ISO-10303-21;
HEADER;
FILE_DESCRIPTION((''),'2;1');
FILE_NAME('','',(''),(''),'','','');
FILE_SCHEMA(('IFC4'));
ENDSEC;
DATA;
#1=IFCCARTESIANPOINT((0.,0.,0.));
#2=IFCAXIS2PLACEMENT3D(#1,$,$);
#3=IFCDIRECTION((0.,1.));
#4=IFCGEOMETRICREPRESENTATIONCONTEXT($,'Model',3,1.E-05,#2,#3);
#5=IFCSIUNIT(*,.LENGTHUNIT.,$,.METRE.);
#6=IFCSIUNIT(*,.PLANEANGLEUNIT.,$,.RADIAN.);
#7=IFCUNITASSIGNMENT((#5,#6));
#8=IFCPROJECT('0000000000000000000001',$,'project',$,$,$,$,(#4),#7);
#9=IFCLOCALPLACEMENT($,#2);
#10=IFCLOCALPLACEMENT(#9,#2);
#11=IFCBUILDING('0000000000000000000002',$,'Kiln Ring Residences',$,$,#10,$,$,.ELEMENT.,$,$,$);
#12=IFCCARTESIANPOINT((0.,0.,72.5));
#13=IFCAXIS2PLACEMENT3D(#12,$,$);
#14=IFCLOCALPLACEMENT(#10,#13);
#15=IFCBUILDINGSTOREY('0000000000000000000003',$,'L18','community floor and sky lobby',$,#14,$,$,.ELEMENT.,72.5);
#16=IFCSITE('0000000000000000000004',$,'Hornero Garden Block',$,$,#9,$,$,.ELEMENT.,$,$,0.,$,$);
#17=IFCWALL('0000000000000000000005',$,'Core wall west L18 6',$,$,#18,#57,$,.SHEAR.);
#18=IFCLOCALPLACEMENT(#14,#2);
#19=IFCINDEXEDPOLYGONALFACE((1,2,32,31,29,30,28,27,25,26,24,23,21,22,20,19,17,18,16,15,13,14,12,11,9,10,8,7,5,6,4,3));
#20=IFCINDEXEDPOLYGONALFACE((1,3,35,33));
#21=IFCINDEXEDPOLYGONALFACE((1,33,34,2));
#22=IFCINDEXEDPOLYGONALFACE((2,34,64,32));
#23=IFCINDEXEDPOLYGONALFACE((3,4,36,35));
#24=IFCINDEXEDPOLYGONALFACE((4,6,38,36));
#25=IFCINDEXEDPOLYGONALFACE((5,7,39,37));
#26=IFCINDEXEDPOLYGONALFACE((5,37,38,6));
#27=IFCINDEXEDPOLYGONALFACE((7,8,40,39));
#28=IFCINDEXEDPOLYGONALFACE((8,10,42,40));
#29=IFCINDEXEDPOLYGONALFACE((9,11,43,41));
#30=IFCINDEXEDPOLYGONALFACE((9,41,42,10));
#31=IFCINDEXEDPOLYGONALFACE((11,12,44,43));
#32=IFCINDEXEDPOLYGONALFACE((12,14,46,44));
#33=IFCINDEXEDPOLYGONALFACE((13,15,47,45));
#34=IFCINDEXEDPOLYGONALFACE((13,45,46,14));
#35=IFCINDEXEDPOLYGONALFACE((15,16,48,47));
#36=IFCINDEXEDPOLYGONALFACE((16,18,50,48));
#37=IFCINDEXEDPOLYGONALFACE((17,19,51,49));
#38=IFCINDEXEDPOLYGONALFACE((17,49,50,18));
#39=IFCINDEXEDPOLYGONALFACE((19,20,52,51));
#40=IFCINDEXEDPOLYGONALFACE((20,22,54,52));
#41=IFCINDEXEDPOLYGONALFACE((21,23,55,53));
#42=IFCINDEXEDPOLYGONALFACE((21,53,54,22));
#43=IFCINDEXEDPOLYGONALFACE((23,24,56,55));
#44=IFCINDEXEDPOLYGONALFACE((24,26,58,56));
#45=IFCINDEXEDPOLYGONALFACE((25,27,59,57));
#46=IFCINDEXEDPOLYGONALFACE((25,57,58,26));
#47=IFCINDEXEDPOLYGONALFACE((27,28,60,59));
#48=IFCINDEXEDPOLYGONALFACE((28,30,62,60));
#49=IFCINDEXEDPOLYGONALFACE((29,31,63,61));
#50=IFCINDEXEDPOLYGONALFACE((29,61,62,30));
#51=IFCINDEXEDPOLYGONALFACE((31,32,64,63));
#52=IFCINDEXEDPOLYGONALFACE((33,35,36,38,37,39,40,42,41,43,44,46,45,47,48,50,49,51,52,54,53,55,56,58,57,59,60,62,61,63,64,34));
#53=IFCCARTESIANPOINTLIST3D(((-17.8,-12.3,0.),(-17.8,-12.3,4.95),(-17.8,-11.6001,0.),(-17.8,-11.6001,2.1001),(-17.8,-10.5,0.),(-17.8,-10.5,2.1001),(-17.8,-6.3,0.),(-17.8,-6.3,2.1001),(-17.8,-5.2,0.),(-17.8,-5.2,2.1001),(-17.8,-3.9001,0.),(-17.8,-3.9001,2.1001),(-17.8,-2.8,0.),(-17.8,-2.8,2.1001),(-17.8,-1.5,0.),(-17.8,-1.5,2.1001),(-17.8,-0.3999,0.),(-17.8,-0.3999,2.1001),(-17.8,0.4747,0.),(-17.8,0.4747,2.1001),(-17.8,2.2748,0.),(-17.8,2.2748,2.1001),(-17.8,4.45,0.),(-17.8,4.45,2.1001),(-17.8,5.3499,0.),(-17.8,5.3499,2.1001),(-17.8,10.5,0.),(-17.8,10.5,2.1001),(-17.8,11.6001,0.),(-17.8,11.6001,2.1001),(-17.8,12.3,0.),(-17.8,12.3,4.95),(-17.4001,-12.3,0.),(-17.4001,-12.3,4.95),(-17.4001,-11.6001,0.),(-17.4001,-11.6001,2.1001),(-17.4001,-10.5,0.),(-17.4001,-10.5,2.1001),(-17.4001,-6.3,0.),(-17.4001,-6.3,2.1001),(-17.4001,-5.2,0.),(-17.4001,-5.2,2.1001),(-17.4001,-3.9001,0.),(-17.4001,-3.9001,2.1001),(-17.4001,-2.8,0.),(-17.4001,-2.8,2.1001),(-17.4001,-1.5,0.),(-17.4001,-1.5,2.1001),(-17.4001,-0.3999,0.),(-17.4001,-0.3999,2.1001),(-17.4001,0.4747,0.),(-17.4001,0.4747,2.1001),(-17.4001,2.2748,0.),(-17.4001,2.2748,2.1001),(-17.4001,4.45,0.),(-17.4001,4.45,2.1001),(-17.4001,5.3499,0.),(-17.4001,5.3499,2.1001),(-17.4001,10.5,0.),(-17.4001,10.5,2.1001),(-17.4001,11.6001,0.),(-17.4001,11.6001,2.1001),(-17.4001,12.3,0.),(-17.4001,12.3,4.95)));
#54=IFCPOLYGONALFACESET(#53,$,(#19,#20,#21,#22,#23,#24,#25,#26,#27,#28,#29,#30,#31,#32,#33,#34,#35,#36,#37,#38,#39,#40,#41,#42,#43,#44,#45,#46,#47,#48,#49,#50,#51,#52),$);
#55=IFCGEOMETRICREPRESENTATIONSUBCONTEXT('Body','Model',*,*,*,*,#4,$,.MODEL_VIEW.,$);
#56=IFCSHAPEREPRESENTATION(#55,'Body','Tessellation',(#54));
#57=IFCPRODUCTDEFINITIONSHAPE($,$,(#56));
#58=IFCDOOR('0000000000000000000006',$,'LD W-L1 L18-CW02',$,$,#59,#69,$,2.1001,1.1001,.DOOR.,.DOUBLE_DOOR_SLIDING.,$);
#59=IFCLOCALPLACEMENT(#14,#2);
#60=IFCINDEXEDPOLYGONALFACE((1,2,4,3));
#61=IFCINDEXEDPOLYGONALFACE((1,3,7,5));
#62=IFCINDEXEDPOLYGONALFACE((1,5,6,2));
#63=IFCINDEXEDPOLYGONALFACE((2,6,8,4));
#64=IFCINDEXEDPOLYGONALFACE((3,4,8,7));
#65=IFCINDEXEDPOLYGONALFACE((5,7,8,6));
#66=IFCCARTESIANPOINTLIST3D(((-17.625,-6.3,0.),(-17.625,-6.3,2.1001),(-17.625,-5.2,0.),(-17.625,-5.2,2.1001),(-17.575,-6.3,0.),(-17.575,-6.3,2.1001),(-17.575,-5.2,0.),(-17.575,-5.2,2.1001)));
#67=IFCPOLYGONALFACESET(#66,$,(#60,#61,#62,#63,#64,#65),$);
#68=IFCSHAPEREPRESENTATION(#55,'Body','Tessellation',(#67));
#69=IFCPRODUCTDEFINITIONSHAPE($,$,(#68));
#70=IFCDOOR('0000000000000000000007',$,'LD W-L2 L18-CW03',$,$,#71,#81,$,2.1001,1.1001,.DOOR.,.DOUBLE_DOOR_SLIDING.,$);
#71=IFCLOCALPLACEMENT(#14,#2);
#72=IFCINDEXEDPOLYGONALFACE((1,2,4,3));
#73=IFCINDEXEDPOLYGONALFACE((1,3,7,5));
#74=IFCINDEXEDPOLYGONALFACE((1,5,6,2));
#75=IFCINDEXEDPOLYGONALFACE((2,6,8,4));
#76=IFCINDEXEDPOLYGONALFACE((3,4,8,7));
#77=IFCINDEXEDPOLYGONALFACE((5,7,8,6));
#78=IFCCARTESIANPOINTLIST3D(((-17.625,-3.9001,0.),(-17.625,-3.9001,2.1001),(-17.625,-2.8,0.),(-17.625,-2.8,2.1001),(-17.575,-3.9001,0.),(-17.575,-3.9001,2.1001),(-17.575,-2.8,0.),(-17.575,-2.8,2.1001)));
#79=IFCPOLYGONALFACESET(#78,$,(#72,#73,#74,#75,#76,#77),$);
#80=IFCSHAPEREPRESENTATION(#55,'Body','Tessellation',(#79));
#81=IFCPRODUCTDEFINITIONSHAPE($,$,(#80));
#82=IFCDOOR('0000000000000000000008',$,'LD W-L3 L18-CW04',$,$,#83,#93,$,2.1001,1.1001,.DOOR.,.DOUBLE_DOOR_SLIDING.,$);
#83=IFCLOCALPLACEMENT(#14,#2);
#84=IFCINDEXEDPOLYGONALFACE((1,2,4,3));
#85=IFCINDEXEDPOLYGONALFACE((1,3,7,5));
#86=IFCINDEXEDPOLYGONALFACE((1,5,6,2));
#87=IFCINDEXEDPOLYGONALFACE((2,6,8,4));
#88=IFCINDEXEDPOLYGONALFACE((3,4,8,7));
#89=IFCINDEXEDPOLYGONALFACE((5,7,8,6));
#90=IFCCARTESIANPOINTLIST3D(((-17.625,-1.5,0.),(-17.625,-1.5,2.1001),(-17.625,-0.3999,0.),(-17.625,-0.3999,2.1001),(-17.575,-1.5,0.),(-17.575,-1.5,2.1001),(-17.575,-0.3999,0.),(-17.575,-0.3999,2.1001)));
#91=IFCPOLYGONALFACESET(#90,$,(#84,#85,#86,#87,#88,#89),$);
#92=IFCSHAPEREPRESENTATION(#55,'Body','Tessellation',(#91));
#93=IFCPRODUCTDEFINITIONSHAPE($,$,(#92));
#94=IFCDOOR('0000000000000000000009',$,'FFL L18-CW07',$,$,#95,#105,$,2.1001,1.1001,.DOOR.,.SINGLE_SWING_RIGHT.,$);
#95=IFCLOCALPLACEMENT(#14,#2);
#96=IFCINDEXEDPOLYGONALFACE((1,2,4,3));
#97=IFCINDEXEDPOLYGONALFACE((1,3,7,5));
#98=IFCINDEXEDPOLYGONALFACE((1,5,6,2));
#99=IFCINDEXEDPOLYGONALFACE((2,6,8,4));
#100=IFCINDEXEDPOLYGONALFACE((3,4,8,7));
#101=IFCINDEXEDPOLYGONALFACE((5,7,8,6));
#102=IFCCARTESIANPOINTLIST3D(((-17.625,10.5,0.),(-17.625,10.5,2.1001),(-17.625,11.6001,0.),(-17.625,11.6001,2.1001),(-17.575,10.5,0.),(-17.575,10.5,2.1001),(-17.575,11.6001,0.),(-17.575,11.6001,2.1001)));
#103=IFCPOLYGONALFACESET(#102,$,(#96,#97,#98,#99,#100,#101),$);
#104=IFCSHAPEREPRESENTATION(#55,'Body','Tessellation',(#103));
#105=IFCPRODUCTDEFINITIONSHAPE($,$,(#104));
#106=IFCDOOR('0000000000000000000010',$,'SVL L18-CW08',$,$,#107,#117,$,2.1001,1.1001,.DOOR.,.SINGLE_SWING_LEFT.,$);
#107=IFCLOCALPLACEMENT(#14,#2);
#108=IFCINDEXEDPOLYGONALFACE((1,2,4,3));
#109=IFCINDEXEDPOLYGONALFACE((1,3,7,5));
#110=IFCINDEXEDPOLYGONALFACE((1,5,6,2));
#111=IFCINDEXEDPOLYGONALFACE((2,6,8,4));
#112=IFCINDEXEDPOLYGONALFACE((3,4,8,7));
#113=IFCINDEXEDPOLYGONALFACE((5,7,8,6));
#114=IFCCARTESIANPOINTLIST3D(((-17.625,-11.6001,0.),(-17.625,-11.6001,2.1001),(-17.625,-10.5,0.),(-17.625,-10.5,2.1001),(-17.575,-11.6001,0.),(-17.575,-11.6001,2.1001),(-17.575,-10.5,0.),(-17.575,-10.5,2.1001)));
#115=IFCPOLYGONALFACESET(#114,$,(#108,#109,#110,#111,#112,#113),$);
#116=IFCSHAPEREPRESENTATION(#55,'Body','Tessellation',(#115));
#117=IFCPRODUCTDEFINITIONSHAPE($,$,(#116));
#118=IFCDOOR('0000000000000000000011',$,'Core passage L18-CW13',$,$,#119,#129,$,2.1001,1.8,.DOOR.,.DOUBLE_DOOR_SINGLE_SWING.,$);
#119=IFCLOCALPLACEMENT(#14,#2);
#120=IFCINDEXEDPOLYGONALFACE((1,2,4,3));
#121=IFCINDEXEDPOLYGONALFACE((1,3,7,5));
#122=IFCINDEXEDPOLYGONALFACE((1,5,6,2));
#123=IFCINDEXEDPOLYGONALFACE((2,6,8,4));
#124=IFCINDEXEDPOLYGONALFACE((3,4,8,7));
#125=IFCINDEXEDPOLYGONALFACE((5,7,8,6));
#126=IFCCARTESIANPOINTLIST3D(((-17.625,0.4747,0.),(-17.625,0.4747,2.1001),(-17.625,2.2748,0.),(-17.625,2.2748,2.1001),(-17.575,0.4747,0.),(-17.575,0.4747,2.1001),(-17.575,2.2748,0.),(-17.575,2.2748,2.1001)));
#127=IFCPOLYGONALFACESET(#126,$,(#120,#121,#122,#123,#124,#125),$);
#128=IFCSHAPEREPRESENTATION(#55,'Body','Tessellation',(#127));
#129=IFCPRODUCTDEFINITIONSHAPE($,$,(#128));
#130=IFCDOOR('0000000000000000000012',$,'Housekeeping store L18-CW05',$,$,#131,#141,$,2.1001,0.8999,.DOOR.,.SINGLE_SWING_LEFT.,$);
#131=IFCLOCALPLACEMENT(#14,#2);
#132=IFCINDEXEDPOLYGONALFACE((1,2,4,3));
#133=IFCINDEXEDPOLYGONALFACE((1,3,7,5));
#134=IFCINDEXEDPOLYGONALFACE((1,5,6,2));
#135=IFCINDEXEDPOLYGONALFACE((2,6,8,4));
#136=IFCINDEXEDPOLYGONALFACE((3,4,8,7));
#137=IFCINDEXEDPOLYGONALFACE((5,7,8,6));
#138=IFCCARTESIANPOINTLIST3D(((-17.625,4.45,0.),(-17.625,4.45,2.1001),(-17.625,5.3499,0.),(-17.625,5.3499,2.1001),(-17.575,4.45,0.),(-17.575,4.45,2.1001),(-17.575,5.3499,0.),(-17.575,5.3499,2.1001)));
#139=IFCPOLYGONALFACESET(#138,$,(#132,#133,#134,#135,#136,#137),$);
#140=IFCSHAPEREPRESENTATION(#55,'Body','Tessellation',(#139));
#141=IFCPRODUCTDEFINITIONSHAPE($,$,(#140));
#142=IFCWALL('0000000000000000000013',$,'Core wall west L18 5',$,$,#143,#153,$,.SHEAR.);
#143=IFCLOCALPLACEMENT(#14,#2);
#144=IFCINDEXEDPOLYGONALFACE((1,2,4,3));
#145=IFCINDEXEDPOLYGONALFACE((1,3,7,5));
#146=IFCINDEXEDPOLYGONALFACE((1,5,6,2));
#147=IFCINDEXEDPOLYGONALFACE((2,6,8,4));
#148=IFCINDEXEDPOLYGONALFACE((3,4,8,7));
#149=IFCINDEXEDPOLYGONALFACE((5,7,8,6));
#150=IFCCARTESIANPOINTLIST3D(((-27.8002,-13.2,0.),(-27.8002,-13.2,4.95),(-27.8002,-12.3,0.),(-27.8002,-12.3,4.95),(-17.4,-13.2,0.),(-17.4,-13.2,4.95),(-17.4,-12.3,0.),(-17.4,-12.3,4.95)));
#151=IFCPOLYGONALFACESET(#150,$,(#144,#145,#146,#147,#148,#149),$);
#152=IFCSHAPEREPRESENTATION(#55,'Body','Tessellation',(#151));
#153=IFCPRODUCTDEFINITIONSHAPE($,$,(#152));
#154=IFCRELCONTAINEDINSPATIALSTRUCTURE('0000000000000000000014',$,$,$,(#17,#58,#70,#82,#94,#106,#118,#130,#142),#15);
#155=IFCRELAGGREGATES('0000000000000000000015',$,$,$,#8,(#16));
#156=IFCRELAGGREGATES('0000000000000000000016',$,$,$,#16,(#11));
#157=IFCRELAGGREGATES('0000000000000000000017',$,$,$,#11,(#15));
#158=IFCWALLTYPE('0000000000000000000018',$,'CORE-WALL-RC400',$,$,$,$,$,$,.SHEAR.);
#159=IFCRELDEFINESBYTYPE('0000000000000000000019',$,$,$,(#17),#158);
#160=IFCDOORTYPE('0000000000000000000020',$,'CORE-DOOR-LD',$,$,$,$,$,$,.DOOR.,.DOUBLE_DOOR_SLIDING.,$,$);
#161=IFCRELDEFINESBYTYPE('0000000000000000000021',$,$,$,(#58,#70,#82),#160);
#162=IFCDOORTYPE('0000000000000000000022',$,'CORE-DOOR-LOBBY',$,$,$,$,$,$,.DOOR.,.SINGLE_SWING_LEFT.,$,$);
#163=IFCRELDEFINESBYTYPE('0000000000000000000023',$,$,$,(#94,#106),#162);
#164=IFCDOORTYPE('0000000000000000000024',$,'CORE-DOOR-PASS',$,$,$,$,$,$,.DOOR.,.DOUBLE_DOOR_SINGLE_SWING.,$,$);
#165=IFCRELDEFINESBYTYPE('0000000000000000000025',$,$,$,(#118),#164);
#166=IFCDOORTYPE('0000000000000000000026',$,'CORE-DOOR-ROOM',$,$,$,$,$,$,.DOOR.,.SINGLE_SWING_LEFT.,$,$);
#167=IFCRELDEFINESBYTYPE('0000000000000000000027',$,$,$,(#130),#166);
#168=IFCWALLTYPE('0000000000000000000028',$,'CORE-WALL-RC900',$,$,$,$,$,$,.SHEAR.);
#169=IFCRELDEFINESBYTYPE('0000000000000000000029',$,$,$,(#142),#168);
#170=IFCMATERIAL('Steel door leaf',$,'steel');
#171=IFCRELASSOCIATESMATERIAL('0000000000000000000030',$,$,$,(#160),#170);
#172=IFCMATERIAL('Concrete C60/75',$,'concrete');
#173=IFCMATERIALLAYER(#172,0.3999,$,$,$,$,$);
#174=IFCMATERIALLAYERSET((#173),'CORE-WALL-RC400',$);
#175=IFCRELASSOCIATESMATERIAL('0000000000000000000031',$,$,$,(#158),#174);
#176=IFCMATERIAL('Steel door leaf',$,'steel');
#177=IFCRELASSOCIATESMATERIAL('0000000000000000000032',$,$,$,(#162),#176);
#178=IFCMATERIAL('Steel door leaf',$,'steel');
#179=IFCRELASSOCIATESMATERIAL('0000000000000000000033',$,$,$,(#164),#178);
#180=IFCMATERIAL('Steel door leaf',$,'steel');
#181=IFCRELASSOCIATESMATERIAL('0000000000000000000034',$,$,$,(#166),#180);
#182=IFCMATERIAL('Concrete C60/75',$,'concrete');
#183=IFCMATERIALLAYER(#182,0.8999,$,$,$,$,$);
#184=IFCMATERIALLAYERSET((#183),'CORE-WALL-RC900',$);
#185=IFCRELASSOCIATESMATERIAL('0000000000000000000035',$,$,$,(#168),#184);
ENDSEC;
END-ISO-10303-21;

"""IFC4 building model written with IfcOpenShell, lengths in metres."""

from ifc_helpers import new_model, si_unit, direction, frame, frame_2d, origin, place, context, subcontext, project, spatial, rectangle, extrude, material, layer, layer_set, type_object, element, fill, save


model = new_model("IFC4")

# Units and contexts
model_context = context("Model", 3, precision=1e-05, world=origin(), true_north=direction((0.0, 1.0)))
body_context = subcontext(model_context, "Body", "Model", "MODEL_VIEW")
ifc_project = project(units=[si_unit("LENGTHUNIT", "METRE"), si_unit("PLANEANGLEUNIT", "RADIAN")], contexts=[model_context])

# Site, building, storey
site_placement = place(None, origin())
site = spatial("IfcSite", under=ifc_project, at=site_placement, Name="Hornero Garden Block", CompositionType="ELEMENT", RefElevation=0.0)
building_placement = place(site_placement, origin())
building = spatial("IfcBuilding", under=site, at=building_placement, Name="Kiln Ring Residences", CompositionType="ELEMENT")
storey_placement = place(building_placement, frame((0.0, 0.0, 72.5)))
storey = spatial("IfcBuildingStorey", under=building, at=storey_placement, Name="L18", Description="community floor and sky lobby", CompositionType="ELEMENT", Elevation=72.5)

# Wall, openings, doors
ifc_material_1 = material(Name="Steel door leaf", Category="steel")
door_type_1 = type_object("IfcDoorType", Name="CORE-DOOR-LD", OperationType="DOUBLE_DOOR_SLIDING", PredefinedType="DOOR", material=ifc_material_1)
ifc_material_2 = material(Name="Concrete C60/75", Category="concrete")
ifc_layer_1 = layer(ifc_material_2, 0.3999)
ifc_layer_set_1 = layer_set([ifc_layer_1], Name="CORE-WALL-RC400")
wall_type_1 = type_object("IfcWallType", Name="CORE-WALL-RC400", PredefinedType="SHEAR", material=ifc_layer_set_1)
wall_1_placement = place(storey_placement, frame((-17.6001, -12.3, 0.0), z_axis=(0.0, 0.0, 1.0), x_axis=(0.0, 1.0, 0.0)))
wall_1 = element("IfcWall", 1, at=wall_1_placement, inside=storey, type_object=wall_type_1, Name="Core wall west L18 6", PredefinedType="SHEAR", context=body_context, shape_type="SweptSolid", body=[
    extrude(rectangle(XDim=24.6001, YDim=0.3999, at=frame_2d((12.3, 0.0))), origin(), (0.0, 0.0, 1.0), 4.95),
])
opening_1_placement = place(wall_1_placement, frame((6.0, 0.0, 0.0)))
opening_1 = element("IfcOpeningElement", 2, at=opening_1_placement, cuts=wall_1, PredefinedType="OPENING", context=body_context, shape_type="SweptSolid", body=[
    extrude(rectangle(XDim=1.1001, YDim=2.1001, at=frame_2d((0.55, 1.05))), frame((0.0, 0.21, 0.0), z_axis=(0.0, -1.0, 0.0), x_axis=(1.0, 0.0, 0.0)), (0.0, 0.0, 1.0), 0.4199),
])
opening_2_placement = place(wall_1_placement, frame((8.3999, 0.0, 0.0)))
opening_2 = element("IfcOpeningElement", 3, at=opening_2_placement, cuts=wall_1, PredefinedType="OPENING", context=body_context, shape_type="SweptSolid", body=[
    extrude(rectangle(XDim=1.1001, YDim=2.1001, at=frame_2d((0.55, 1.05))), frame((0.0, 0.21, 0.0), z_axis=(0.0, -1.0, 0.0), x_axis=(1.0, 0.0, 0.0)), (0.0, 0.0, 1.0), 0.4199),
])
opening_3_placement = place(wall_1_placement, frame((10.8, 0.0, 0.0)))
opening_3 = element("IfcOpeningElement", 4, at=opening_3_placement, cuts=wall_1, PredefinedType="OPENING", context=body_context, shape_type="SweptSolid", body=[
    extrude(rectangle(XDim=1.1001, YDim=2.1001, at=frame_2d((0.55, 1.05))), frame((0.0, 0.21, 0.0), z_axis=(0.0, -1.0, 0.0), x_axis=(1.0, 0.0, 0.0)), (0.0, 0.0, 1.0), 0.4199),
])
opening_4_placement = place(wall_1_placement, frame((16.75, 0.0, 0.0)))
opening_4 = element("IfcOpeningElement", 5, at=opening_4_placement, cuts=wall_1, PredefinedType="OPENING", context=body_context, shape_type="SweptSolid", body=[
    extrude(rectangle(XDim=0.8999, YDim=2.1001, at=frame_2d((0.45, 1.05))), frame((0.0, 0.21, 0.0), z_axis=(0.0, -1.0, 0.0), x_axis=(1.0, 0.0, 0.0)), (0.0, 0.0, 1.0), 0.4199),
])
opening_5_placement = place(wall_1_placement, frame((22.8, 0.0, 0.0)))
opening_5 = element("IfcOpeningElement", 6, at=opening_5_placement, cuts=wall_1, PredefinedType="OPENING", context=body_context, shape_type="SweptSolid", body=[
    extrude(rectangle(XDim=1.1001, YDim=2.1001, at=frame_2d((0.55, 1.05))), frame((0.0, 0.21, 0.0), z_axis=(0.0, -1.0, 0.0), x_axis=(1.0, 0.0, 0.0)), (0.0, 0.0, 1.0), 0.4199),
])
opening_6_placement = place(wall_1_placement, frame((0.7, 0.0, 0.0)))
opening_6 = element("IfcOpeningElement", 7, at=opening_6_placement, cuts=wall_1, PredefinedType="OPENING", context=body_context, shape_type="SweptSolid", body=[
    extrude(rectangle(XDim=1.1001, YDim=2.1001, at=frame_2d((0.55, 1.05))), frame((0.0, 0.21, 0.0), z_axis=(0.0, -1.0, 0.0), x_axis=(1.0, 0.0, 0.0)), (0.0, 0.0, 1.0), 0.4199),
])
opening_7_placement = place(wall_1_placement, frame((12.7749, 0.0, 0.0)))
opening_7 = element("IfcOpeningElement", 8, at=opening_7_placement, cuts=wall_1, PredefinedType="OPENING", context=body_context, shape_type="SweptSolid", body=[
    extrude(rectangle(XDim=1.8, YDim=2.1001, at=frame_2d((0.8999, 1.05))), frame((0.0, 0.21, 0.0), z_axis=(0.0, -1.0, 0.0), x_axis=(1.0, 0.0, 0.0)), (0.0, 0.0, 1.0), 0.4199),
])
door_1_placement = place(opening_1_placement, origin())
door_1 = element("IfcDoor", 9, at=door_1_placement, inside=storey, type_object=door_type_1, Name="LD W-L1 L18-CW02", OperationType="DOUBLE_DOOR_SLIDING", OverallHeight=2.1001, OverallWidth=1.1001, PredefinedType="DOOR", context=body_context, shape_type="SweptSolid", body=[
    extrude(rectangle(XDim=1.1001, YDim=2.1001, at=frame_2d((0.55, 1.05))), frame((0.0, 0.0249, 0.0), z_axis=(0.0, -1.0, 0.0), x_axis=(1.0, 0.0, 0.0)), (0.0, 0.0, 1.0), 0.05),
])
fill(opening_1, door_1)
door_2_placement = place(opening_2_placement, origin())
door_2 = element("IfcDoor", 10, at=door_2_placement, inside=storey, type_object=door_type_1, Name="LD W-L2 L18-CW03", OperationType="DOUBLE_DOOR_SLIDING", OverallHeight=2.1001, OverallWidth=1.1001, PredefinedType="DOOR", context=body_context, shape_type="SweptSolid", body=[
    extrude(rectangle(XDim=1.1001, YDim=2.1001, at=frame_2d((0.55, 1.05))), frame((0.0, 0.0249, 0.0), z_axis=(0.0, -1.0, 0.0), x_axis=(1.0, 0.0, 0.0)), (0.0, 0.0, 1.0), 0.05),
])
fill(opening_2, door_2)
door_3_placement = place(opening_3_placement, origin())
door_3 = element("IfcDoor", 11, at=door_3_placement, inside=storey, type_object=door_type_1, Name="LD W-L3 L18-CW04", OperationType="DOUBLE_DOOR_SLIDING", OverallHeight=2.1001, OverallWidth=1.1001, PredefinedType="DOOR", context=body_context, shape_type="SweptSolid", body=[
    extrude(rectangle(XDim=1.1001, YDim=2.1001, at=frame_2d((0.55, 1.05))), frame((0.0, 0.0249, 0.0), z_axis=(0.0, -1.0, 0.0), x_axis=(1.0, 0.0, 0.0)), (0.0, 0.0, 1.0), 0.05),
])
fill(opening_3, door_3)
ifc_material_3 = material(Name="Steel door leaf", Category="steel")
door_type_2 = type_object("IfcDoorType", Name="CORE-DOOR-LOBBY", OperationType="SINGLE_SWING_LEFT", PredefinedType="DOOR", material=ifc_material_3)
door_4_placement = place(opening_5_placement, origin())
door_4 = element("IfcDoor", 12, at=door_4_placement, inside=storey, type_object=door_type_2, Name="FFL L18-CW07", OperationType="SINGLE_SWING_RIGHT", OverallHeight=2.1001, OverallWidth=1.1001, PredefinedType="DOOR", context=body_context, shape_type="SweptSolid", body=[
    extrude(rectangle(XDim=1.1001, YDim=2.1001, at=frame_2d((0.55, 1.05))), frame((0.0, 0.0249, 0.0), z_axis=(0.0, -1.0, 0.0), x_axis=(1.0, 0.0, 0.0)), (0.0, 0.0, 1.0), 0.05),
])
fill(opening_5, door_4)
door_5_placement = place(opening_6_placement, origin())
door_5 = element("IfcDoor", 13, at=door_5_placement, inside=storey, type_object=door_type_2, Name="SVL L18-CW08", OperationType="SINGLE_SWING_LEFT", OverallHeight=2.1001, OverallWidth=1.1001, PredefinedType="DOOR", context=body_context, shape_type="SweptSolid", body=[
    extrude(rectangle(XDim=1.1001, YDim=2.1001, at=frame_2d((0.55, 1.05))), frame((0.0, 0.0249, 0.0), z_axis=(0.0, -1.0, 0.0), x_axis=(1.0, 0.0, 0.0)), (0.0, 0.0, 1.0), 0.05),
])
fill(opening_6, door_5)
ifc_material_4 = material(Name="Steel door leaf", Category="steel")
door_type_3 = type_object("IfcDoorType", Name="CORE-DOOR-PASS", OperationType="DOUBLE_DOOR_SINGLE_SWING", PredefinedType="DOOR", material=ifc_material_4)
door_6_placement = place(opening_7_placement, origin())
door_6 = element("IfcDoor", 14, at=door_6_placement, inside=storey, type_object=door_type_3, Name="Core passage L18-CW13", OperationType="DOUBLE_DOOR_SINGLE_SWING", OverallHeight=2.1001, OverallWidth=1.8, PredefinedType="DOOR", context=body_context, shape_type="SweptSolid", body=[
    extrude(rectangle(XDim=1.8, YDim=2.1001, at=frame_2d((0.8999, 1.05))), frame((0.0, 0.0249, 0.0), z_axis=(0.0, -1.0, 0.0), x_axis=(1.0, 0.0, 0.0)), (0.0, 0.0, 1.0), 0.05),
])
fill(opening_7, door_6)
ifc_material_5 = material(Name="Steel door leaf", Category="steel")
door_type_4 = type_object("IfcDoorType", Name="CORE-DOOR-ROOM", OperationType="SINGLE_SWING_LEFT", PredefinedType="DOOR", material=ifc_material_5)
door_7_placement = place(opening_4_placement, origin())
door_7 = element("IfcDoor", 15, at=door_7_placement, inside=storey, type_object=door_type_4, Name="Housekeeping store L18-CW05", OperationType="SINGLE_SWING_LEFT", OverallHeight=2.1001, OverallWidth=0.8999, PredefinedType="DOOR", context=body_context, shape_type="SweptSolid", body=[
    extrude(rectangle(XDim=0.8999, YDim=2.1001, at=frame_2d((0.45, 1.05))), frame((0.0, 0.0249, 0.0), z_axis=(0.0, -1.0, 0.0), x_axis=(1.0, 0.0, 0.0)), (0.0, 0.0, 1.0), 0.05),
])
fill(opening_4, door_7)

# Wall
ifc_material_6 = material(Name="Concrete C60/75", Category="concrete")
ifc_layer_2 = layer(ifc_material_6, 0.8999)
ifc_layer_set_2 = layer_set([ifc_layer_2], Name="CORE-WALL-RC900")
wall_type_2 = type_object("IfcWallType", Name="CORE-WALL-RC900", PredefinedType="SHEAR", material=ifc_layer_set_2)
wall_2_placement = place(storey_placement, frame((-17.3999, -12.75, 0.0), z_axis=(0.0, 0.0, 1.0), x_axis=(-1.0, 0.0, 0.0)))
element("IfcWall", 16, at=wall_2_placement, inside=storey, type_object=wall_type_2, Name="Core wall west L18 5", PredefinedType="SHEAR", context=body_context, shape_type="SweptSolid", body=[
    extrude(rectangle(XDim=10.4001, YDim=0.8999, at=frame_2d((5.2002, 0.0))), origin(), (0.0, 0.0, 1.0), 4.95),
])

save(model, "model.ifc")
